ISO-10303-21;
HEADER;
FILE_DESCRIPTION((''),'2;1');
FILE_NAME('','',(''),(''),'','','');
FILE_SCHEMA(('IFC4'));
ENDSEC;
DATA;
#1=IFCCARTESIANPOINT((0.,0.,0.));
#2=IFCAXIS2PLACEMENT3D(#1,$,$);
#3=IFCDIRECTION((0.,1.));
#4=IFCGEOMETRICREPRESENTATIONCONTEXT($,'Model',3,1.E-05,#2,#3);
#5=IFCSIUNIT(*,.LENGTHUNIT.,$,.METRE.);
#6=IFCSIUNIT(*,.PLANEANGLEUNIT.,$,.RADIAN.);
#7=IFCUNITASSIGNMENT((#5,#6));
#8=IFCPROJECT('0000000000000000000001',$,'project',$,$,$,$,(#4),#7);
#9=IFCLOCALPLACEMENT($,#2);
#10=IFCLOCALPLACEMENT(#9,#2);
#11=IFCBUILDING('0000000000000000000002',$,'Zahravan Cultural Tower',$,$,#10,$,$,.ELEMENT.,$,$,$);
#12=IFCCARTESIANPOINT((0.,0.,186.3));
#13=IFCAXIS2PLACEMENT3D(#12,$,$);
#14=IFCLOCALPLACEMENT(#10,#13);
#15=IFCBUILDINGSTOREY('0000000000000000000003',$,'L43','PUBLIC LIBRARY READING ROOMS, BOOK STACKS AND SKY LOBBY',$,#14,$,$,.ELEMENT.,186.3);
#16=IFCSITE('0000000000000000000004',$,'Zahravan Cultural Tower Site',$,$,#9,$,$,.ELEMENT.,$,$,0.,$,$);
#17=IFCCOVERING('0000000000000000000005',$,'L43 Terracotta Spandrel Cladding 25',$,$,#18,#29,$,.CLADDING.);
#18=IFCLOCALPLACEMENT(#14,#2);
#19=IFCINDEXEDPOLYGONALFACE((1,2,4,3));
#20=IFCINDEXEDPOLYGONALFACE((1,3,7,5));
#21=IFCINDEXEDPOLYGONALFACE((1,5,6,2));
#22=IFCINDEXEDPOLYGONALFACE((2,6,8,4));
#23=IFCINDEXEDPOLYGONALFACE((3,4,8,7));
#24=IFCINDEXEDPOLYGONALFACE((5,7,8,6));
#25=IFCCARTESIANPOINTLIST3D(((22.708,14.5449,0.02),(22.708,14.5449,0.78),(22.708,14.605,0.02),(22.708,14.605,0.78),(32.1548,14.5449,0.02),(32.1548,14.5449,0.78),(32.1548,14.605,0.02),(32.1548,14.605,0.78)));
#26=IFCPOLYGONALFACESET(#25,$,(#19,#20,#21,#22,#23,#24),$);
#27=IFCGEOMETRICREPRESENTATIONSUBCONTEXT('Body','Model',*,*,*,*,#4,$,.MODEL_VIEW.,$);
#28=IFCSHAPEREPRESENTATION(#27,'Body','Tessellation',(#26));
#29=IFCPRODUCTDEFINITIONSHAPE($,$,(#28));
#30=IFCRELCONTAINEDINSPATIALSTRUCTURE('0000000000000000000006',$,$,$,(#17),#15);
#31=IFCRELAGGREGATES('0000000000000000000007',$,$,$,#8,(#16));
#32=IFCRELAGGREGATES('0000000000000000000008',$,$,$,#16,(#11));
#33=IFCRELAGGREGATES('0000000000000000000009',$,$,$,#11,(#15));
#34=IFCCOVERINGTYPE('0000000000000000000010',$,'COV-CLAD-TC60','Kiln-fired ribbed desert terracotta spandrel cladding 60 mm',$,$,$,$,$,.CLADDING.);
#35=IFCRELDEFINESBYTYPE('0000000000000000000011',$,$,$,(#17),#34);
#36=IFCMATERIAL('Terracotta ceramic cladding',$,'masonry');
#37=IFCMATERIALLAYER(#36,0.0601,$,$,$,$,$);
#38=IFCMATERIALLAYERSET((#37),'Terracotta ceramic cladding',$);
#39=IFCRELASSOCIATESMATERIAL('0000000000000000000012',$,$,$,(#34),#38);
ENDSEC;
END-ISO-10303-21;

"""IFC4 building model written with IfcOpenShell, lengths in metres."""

from ifc_helpers import new_model, si_unit, direction, frame, origin, origin_2d, place, context, subcontext, project, spatial, rectangle, extrude, source, transform, mapped, material, layer, layer_set, type_object, element, save


model = new_model("IFC4")

# Units and contexts
model_context = context("Model", 3, precision=1e-05, world=origin(), true_north=direction((0.0, 1.0)))
body_context = subcontext(model_context, "Body", "Model", "MODEL_VIEW")
ifc_project = project(units=[si_unit("LENGTHUNIT", "METRE"), si_unit("PLANEANGLEUNIT", "RADIAN")], contexts=[model_context])

# Site, building, storey
site_placement = place(None, origin())
site = spatial("IfcSite", under=ifc_project, at=site_placement, Name="Zahravan Cultural Tower Site", CompositionType="ELEMENT", RefElevation=0.0)
building_placement = place(site_placement, origin())
building = spatial("IfcBuilding", under=site, at=building_placement, Name="Zahravan Cultural Tower", CompositionType="ELEMENT")
storey_placement = place(building_placement, frame((0.0, 0.0, 186.3)))
storey = spatial("IfcBuildingStorey", under=building, at=storey_placement, Name="L43", Description="PUBLIC LIBRARY READING ROOMS, BOOK STACKS AND SKY LOBBY", CompositionType="ELEMENT", Elevation=186.3)

# Covering
ifc_material_1 = material(Name="Terracotta ceramic cladding", Category="masonry")
ifc_layer_1 = layer(ifc_material_1, 0.0601)
ifc_layer_set_1 = layer_set([ifc_layer_1], Name="Terracotta ceramic cladding")
covering_type = type_object("IfcCoveringType", Name="COV-CLAD-TC60", Description="Kiln-fired ribbed desert terracotta spandrel cladding 60 mm", PredefinedType="CLADDING", material=ifc_layer_set_1)
shared_shape_1 = source(origin(), body_context, "Body", "SweptSolid", [
    extrude(rectangle(XDim=9.4468, YDim=0.0601, at=origin_2d()), origin(), (0.0, 0.0, 1.0), 0.76),
])
covering_1_placement = place(storey_placement, frame((27.4314, 14.575, 0.02), z_axis=(0.0, 0.0, 1.0), x_axis=(-1.0, 0.0, 0.0)))
element("IfcCovering", 1, at=covering_1_placement, inside=storey, type_object=covering_type, Name="L43 Terracotta Spandrel Cladding 25", PredefinedType="CLADDING", context=body_context, shape_type="MappedRepresentation", body=[
    mapped(shared_shape_1, transform((0.0, 0.0, 0.0), x_axis=(1.0, 0.0, 0.0), y_axis=(0.0, 1.0, 0.0), z_axis=(0.0, 0.0, 1.0), scale=1.0)),
])

save(model, "model.ifc")
